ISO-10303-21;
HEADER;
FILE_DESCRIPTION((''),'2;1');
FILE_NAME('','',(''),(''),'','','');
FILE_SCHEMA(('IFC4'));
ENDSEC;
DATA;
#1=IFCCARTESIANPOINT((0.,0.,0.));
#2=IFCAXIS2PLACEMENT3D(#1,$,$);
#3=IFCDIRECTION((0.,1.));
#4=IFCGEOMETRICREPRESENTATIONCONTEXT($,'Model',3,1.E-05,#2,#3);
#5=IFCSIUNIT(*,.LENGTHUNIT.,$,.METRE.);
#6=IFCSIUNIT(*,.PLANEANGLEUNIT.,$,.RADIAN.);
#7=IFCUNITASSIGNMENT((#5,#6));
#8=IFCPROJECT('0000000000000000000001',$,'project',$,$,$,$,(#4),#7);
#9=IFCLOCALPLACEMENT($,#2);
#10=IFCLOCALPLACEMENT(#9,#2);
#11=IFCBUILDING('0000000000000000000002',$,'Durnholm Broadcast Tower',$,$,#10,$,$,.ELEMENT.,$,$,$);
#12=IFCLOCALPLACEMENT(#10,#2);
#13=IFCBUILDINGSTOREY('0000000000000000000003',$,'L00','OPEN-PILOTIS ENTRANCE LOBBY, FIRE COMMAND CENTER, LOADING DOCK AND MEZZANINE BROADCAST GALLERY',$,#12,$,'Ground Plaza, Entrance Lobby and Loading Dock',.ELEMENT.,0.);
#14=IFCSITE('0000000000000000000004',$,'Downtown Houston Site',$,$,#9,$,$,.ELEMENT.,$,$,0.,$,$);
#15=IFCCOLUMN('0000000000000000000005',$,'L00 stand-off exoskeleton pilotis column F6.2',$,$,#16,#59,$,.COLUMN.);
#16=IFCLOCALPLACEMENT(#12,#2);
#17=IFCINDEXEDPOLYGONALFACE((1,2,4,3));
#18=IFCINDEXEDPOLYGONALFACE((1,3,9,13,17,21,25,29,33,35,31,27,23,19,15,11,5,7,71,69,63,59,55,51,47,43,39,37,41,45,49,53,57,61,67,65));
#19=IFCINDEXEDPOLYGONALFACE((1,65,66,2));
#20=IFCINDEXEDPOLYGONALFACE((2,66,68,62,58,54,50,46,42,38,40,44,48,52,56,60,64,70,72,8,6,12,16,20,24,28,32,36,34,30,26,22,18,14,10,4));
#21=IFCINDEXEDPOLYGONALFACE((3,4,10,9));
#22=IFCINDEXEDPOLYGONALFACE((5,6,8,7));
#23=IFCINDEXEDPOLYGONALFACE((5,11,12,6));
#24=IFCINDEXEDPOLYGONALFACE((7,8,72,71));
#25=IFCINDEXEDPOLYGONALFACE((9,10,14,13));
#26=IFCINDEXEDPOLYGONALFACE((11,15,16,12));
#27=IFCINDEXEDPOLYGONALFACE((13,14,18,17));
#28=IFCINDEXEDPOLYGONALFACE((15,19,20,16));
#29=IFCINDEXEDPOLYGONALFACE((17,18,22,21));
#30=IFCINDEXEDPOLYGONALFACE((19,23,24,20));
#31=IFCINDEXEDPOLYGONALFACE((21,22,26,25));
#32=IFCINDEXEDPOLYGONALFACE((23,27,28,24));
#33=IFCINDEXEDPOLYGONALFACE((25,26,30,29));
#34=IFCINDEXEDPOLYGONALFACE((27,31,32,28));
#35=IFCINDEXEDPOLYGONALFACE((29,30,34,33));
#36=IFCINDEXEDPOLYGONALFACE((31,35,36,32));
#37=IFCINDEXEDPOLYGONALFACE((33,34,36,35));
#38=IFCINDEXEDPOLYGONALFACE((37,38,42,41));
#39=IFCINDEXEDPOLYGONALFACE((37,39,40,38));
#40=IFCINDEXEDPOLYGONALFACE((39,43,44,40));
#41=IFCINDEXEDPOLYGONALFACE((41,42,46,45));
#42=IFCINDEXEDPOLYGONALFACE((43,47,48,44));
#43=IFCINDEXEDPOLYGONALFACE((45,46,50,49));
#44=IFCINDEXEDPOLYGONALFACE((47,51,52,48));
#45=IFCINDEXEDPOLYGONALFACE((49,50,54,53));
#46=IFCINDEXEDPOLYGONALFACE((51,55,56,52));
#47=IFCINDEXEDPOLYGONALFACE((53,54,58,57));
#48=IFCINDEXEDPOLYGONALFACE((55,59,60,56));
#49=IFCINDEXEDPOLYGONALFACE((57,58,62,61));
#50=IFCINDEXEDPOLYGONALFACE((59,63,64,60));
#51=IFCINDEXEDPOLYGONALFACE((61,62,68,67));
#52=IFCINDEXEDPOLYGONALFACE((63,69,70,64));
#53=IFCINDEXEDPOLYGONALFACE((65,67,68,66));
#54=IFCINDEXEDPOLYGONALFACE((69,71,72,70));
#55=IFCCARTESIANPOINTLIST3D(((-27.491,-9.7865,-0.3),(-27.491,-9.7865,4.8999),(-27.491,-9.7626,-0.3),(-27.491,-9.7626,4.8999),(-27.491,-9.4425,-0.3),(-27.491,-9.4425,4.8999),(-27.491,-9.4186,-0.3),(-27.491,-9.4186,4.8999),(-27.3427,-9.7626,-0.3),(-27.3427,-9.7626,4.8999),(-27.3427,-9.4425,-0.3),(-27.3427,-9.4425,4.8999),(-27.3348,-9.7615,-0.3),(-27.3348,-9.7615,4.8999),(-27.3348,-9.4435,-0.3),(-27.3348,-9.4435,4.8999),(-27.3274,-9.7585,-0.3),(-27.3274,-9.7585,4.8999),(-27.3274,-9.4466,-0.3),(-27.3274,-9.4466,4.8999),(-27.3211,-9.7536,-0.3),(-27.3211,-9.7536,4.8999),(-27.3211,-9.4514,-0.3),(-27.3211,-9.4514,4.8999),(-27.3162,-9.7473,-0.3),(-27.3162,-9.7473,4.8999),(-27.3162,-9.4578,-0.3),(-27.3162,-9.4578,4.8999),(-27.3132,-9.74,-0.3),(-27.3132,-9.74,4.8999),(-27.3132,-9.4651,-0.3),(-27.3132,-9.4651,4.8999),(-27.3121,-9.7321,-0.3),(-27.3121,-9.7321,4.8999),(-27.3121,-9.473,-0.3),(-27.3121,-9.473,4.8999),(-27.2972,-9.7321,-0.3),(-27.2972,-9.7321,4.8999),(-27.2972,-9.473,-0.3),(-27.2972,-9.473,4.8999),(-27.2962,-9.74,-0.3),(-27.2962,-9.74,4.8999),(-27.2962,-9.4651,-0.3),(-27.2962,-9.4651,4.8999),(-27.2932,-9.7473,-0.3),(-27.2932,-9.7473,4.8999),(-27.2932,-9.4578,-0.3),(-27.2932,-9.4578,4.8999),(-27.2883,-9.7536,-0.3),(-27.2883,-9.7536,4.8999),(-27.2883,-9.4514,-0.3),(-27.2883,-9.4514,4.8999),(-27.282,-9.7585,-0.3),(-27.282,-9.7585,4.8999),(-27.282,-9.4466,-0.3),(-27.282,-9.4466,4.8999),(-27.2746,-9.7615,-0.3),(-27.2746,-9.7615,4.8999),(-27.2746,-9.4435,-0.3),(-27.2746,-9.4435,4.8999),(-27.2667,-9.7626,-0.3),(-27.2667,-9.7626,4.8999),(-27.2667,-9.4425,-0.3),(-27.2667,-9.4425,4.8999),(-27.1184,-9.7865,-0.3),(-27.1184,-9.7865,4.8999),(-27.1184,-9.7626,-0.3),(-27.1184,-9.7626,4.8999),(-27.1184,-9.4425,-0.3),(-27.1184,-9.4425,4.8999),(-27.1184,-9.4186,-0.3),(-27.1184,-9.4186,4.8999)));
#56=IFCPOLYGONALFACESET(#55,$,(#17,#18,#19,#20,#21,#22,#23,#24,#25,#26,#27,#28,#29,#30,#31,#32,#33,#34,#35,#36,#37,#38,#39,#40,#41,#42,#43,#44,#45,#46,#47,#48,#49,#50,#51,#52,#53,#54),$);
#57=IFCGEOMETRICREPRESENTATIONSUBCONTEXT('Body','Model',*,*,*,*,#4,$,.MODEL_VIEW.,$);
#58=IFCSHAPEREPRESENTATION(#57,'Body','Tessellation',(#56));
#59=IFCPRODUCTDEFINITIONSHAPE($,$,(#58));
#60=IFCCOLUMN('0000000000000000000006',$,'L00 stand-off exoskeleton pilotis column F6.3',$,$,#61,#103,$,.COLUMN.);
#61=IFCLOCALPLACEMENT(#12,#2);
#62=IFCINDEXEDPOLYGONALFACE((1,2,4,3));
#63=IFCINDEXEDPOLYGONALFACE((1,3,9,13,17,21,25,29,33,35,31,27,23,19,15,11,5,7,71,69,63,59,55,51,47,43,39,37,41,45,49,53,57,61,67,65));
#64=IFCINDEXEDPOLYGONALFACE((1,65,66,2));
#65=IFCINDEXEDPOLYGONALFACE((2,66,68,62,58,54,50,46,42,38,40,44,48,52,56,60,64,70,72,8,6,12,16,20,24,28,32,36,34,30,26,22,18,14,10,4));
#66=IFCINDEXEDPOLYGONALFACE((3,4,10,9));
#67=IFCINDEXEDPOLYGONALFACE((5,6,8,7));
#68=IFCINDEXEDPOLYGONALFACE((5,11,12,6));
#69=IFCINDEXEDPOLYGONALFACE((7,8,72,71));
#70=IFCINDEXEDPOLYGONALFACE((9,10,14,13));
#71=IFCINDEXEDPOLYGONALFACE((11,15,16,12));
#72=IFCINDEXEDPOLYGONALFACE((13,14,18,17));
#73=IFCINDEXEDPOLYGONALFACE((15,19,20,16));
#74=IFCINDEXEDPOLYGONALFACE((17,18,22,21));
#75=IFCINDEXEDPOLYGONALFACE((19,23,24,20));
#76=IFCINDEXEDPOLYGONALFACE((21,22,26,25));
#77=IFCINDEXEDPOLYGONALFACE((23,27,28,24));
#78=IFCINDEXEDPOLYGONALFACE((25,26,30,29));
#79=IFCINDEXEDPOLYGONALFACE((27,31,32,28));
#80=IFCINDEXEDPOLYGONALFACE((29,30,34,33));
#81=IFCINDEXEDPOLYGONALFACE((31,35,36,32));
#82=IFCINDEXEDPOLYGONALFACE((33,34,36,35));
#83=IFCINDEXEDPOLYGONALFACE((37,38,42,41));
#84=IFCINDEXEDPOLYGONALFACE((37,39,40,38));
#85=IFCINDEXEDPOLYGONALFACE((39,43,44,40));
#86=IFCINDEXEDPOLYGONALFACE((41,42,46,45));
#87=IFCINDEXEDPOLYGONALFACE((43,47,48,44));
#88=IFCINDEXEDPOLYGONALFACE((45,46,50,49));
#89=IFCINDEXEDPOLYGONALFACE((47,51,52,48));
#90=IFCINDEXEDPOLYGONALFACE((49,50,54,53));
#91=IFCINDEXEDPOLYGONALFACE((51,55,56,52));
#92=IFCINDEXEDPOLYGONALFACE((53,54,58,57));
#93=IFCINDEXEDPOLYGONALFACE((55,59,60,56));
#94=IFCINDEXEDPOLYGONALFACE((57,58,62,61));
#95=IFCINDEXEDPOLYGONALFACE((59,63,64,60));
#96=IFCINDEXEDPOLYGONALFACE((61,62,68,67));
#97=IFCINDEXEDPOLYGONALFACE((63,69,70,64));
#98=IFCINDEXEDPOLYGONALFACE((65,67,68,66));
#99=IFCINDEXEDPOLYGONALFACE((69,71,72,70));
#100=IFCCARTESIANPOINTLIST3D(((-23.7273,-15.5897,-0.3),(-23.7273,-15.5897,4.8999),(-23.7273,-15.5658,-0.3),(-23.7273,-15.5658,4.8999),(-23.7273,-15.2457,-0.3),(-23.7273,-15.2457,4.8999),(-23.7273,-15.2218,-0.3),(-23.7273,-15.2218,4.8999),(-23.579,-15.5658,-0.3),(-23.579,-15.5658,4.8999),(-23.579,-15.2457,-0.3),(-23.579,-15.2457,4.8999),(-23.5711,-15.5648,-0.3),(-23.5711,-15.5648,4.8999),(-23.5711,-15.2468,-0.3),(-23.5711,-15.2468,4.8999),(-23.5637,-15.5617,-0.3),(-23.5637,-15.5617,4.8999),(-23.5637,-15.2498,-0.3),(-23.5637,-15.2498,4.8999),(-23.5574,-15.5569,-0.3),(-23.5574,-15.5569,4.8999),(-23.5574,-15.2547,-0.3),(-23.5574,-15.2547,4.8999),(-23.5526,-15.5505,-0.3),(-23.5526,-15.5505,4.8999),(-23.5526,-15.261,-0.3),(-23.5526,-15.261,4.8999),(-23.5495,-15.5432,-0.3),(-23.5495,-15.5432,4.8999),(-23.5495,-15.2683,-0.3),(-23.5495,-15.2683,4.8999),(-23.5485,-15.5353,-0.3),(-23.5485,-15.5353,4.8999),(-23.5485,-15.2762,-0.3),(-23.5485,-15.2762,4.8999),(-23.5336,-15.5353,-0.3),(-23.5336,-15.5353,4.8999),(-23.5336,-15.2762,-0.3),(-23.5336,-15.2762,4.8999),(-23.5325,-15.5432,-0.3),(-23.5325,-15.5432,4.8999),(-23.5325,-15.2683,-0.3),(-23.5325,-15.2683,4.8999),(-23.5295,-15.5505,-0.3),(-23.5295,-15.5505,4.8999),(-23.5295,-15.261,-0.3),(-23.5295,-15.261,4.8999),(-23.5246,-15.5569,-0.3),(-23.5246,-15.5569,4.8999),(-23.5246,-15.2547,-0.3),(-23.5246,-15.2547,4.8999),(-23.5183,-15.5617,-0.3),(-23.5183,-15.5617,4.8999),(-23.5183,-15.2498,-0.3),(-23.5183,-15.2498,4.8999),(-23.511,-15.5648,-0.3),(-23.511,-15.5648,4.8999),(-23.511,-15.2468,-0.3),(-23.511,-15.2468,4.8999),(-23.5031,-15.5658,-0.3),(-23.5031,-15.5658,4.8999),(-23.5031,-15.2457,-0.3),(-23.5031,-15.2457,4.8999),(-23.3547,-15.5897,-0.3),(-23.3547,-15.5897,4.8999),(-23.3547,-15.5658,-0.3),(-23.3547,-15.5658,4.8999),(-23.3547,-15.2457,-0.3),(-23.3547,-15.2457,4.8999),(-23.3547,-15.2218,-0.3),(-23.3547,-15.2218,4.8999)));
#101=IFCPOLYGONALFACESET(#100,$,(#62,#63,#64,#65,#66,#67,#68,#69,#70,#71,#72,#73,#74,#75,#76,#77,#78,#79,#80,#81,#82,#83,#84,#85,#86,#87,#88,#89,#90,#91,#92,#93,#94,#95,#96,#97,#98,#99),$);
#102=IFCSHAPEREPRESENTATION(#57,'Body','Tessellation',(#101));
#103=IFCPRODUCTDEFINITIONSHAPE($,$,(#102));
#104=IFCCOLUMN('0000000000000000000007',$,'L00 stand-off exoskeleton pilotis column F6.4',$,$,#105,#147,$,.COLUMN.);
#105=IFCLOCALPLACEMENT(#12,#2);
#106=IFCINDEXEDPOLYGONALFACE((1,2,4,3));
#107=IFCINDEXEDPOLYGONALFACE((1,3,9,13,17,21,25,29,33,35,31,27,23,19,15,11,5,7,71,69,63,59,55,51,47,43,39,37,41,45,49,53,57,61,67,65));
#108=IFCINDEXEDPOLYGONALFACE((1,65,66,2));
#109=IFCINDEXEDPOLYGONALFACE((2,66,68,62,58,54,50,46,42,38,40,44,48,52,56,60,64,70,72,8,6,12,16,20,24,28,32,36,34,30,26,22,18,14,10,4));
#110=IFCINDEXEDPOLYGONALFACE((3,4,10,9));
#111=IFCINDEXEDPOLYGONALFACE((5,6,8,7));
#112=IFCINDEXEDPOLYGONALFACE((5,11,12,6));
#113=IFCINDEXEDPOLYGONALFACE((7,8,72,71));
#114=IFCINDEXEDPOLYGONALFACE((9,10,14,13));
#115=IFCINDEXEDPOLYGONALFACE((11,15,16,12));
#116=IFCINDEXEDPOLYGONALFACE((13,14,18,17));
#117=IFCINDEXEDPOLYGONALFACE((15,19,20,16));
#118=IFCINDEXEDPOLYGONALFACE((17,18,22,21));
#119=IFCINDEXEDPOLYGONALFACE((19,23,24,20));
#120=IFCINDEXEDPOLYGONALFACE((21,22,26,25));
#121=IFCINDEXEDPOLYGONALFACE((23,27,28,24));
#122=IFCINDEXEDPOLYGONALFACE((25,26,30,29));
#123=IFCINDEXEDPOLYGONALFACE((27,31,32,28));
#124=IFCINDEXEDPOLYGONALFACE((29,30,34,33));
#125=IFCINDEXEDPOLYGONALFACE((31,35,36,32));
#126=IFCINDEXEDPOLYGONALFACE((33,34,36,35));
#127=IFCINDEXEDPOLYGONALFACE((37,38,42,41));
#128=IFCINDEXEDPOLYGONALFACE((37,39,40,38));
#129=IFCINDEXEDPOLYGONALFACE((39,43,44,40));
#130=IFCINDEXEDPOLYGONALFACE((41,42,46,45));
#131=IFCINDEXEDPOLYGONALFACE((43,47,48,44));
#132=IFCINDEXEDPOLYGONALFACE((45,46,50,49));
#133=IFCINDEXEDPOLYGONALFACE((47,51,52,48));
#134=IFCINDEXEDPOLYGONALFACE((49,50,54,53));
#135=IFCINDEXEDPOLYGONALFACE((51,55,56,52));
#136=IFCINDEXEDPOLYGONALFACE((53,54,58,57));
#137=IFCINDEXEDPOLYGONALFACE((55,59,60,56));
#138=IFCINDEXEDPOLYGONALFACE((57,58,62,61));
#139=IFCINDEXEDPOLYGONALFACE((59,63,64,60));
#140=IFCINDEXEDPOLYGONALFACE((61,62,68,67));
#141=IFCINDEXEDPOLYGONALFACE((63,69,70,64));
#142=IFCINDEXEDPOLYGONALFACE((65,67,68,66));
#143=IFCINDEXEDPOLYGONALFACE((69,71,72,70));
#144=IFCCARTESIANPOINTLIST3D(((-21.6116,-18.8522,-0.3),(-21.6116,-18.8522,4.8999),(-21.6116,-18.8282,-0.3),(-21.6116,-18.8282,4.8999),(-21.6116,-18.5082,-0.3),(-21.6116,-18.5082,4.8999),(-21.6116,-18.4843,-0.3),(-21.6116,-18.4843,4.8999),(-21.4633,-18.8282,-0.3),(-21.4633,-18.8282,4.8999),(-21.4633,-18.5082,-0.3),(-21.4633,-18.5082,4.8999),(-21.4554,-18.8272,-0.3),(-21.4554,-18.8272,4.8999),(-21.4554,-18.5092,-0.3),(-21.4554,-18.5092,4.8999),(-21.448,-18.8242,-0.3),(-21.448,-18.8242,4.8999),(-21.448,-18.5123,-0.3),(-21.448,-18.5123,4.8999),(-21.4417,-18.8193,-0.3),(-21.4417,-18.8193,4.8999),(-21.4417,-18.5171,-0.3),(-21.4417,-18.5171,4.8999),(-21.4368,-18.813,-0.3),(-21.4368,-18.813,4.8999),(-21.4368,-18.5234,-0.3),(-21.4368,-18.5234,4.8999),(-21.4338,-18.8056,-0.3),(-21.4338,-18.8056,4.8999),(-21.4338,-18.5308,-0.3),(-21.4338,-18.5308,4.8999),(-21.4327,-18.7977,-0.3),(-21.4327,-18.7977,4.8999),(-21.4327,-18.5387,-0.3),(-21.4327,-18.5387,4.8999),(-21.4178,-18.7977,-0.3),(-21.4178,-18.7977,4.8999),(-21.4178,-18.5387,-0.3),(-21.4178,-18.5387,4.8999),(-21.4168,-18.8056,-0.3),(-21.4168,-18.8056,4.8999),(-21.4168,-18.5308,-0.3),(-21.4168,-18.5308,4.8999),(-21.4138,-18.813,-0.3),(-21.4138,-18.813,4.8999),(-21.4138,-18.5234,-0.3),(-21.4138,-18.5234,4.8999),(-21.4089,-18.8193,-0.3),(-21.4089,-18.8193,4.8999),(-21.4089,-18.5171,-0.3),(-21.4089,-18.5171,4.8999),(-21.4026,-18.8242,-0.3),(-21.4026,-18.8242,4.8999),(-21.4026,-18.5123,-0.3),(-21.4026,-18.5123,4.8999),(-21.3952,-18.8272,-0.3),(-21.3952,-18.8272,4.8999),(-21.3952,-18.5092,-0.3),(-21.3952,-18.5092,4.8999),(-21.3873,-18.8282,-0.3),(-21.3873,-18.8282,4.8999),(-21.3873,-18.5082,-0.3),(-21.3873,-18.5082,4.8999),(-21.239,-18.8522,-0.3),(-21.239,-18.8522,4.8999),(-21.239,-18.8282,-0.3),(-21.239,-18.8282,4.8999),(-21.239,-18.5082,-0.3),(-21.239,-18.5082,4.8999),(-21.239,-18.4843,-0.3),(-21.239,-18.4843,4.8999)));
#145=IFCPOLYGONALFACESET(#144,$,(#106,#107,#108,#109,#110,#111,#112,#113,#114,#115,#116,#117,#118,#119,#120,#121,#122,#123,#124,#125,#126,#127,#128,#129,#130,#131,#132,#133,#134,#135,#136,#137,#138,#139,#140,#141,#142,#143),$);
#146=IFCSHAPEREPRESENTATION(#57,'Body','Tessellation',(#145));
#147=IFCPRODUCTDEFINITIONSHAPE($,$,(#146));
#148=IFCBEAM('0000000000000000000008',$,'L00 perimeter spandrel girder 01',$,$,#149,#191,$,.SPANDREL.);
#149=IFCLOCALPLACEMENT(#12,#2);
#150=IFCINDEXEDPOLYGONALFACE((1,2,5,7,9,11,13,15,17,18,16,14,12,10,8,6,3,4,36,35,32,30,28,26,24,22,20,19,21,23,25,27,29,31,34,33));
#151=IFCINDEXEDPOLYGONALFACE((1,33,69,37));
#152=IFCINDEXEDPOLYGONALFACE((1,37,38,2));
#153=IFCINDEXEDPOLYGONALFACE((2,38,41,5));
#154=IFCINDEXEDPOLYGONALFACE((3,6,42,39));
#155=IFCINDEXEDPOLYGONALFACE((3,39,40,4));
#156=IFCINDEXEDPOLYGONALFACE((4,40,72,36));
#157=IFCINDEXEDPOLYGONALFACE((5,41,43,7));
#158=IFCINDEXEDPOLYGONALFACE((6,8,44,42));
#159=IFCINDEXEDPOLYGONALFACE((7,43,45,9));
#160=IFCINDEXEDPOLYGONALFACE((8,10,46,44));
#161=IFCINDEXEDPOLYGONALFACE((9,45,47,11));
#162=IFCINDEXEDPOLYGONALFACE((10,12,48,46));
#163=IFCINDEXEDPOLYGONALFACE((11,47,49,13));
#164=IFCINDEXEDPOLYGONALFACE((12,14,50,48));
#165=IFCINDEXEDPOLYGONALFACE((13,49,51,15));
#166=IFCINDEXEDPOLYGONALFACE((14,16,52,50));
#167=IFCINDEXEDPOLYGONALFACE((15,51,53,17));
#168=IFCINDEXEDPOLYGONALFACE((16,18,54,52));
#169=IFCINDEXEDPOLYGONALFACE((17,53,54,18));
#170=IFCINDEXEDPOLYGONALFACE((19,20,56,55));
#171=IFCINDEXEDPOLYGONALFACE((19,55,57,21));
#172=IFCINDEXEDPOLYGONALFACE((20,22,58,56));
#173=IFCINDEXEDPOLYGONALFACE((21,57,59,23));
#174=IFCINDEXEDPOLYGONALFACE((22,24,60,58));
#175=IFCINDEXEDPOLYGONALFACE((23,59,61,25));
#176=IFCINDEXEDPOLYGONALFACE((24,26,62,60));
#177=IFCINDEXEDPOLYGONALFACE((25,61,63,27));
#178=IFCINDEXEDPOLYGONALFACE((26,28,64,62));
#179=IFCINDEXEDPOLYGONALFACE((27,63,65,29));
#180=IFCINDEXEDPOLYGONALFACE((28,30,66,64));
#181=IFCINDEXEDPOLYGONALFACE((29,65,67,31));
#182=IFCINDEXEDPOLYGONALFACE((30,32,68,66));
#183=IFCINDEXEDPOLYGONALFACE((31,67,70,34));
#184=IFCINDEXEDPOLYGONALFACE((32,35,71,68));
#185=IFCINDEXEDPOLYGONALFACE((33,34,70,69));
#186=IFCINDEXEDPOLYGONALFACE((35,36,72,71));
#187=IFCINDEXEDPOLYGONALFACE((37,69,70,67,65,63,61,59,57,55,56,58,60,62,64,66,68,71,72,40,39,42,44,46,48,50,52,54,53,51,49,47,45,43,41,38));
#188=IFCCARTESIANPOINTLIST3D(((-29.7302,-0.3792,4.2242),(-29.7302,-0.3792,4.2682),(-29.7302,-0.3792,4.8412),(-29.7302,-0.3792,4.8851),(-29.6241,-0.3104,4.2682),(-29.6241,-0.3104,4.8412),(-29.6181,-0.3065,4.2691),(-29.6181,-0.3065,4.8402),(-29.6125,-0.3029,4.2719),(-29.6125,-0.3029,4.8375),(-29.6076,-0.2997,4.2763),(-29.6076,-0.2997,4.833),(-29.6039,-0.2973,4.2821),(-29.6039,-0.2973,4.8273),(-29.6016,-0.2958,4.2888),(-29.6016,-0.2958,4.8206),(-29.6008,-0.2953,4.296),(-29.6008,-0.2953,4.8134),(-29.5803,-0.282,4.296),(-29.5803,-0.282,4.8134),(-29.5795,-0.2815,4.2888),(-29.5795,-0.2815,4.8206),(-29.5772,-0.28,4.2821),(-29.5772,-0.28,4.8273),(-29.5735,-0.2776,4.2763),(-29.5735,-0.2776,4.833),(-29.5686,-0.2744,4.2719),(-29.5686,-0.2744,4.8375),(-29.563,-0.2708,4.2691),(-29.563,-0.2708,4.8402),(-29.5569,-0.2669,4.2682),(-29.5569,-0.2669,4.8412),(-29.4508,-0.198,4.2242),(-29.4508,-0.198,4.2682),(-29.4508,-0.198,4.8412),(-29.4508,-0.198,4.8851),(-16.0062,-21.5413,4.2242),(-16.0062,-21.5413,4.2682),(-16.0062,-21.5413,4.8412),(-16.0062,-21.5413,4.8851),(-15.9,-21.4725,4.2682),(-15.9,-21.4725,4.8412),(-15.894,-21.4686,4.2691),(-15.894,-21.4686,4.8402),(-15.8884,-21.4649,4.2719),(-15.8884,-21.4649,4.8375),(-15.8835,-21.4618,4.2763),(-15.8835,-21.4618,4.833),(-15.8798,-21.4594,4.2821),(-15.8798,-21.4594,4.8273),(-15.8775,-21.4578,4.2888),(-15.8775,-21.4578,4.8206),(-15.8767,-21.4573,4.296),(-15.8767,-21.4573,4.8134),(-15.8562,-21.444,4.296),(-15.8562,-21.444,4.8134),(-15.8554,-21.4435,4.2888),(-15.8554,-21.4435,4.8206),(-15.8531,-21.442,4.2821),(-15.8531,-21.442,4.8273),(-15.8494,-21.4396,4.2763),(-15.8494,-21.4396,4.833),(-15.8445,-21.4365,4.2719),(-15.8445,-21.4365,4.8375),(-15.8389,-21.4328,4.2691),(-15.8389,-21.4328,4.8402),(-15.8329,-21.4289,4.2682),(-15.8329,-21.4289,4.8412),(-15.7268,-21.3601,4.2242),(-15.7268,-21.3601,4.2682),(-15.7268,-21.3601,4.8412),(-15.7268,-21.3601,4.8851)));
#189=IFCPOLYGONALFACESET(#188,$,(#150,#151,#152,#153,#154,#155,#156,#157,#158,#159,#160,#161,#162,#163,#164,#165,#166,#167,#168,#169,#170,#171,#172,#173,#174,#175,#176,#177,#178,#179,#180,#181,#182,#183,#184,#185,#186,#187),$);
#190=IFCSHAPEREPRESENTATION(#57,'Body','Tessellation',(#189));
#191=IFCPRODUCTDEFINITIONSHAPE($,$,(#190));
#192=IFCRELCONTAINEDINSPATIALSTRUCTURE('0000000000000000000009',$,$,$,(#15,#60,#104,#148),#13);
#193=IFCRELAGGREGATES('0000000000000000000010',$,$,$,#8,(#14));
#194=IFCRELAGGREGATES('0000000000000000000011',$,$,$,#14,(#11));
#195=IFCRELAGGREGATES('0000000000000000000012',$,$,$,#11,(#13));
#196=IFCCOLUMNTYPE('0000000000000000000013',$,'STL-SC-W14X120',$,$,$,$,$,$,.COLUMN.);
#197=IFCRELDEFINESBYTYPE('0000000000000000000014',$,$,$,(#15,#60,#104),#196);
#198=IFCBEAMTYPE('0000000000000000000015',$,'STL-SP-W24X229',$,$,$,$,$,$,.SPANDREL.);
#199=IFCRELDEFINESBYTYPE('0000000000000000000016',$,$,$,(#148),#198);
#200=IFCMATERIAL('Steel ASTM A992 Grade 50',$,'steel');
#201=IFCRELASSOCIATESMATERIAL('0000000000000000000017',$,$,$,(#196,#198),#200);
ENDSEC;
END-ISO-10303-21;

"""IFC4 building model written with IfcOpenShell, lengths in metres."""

from ifc_helpers import new_model, si_unit, direction, frame, origin, origin_2d, place, context, subcontext, project, spatial, i_section, extrude, source, transform, mapped, material, material_profile, profile_set, type_object, type_shapes, element, save


model = new_model("IFC4")

# Units and contexts
model_context = context("Model", 3, precision=1e-05, world=origin(), true_north=direction((0.0, 1.0)))
body_context = subcontext(model_context, "Body", "Model", "MODEL_VIEW")
ifc_project = project(units=[si_unit("LENGTHUNIT", "METRE"), si_unit("PLANEANGLEUNIT", "RADIAN")], contexts=[model_context])

# Site, building, storey
site_placement = place(None, origin())
site = spatial("IfcSite", under=ifc_project, at=site_placement, Name="Downtown Houston Site", CompositionType="ELEMENT", RefElevation=0.0)
building_placement = place(site_placement, origin())
building = spatial("IfcBuilding", under=site, at=building_placement, Name="Durnholm Broadcast Tower", CompositionType="ELEMENT")
storey_placement = place(building_placement, origin())
storey = spatial("IfcBuildingStorey", under=building, at=storey_placement, Name="L00", Description="OPEN-PILOTIS ENTRANCE LOBBY, FIRE COMMAND CENTER, LOADING DOCK AND MEZZANINE BROADCAST GALLERY", LongName="Ground Plaza, Entrance Lobby and Loading Dock", CompositionType="ELEMENT", Elevation=0.0)

# Columns
ifc_material_1 = material(Name="Steel ASTM A992 Grade 50", Category="steel")
ifc_material_profile_1 = material_profile(ifc_material_1, i_section(OverallWidth=0.3726, OverallDepth=0.3679, WebThickness=0.0149, FlangeThickness=0.0239, FilletRadius=0.0305, at=origin_2d()), Name="W14X120")
ifc_profile_set_1 = profile_set([ifc_material_profile_1], Name="Steel ASTM A992 Grade 50")
column_type_1 = type_object("IfcColumnType", Name="STL-SC-W14X120", PredefinedType="COLUMN", material=ifc_profile_set_1)
shared_shape_1 = source(origin(), body_context, "Body", "SweptSolid", [
    extrude(i_section(OverallWidth=0.3726, OverallDepth=0.3679, WebThickness=0.0149, FlangeThickness=0.0239, FilletRadius=0.0305, at=origin_2d()), origin(), (0.0, 0.0, 1.0), 5.2),
])
type_shapes(column_type_1, [shared_shape_1])
for number, where, z_axis, x_axis, name in (
    (1, (-27.3047, -9.6025, -0.3), (0.0, 0.0, 1.0), (1.0, 0.0, 0.0), "L00 stand-off exoskeleton pilotis column F6.2"),
    (2, (-23.541, -15.4058, -0.3), (0.0, 0.0, 1.0), (1.0, 0.0, 0.0), "L00 stand-off exoskeleton pilotis column F6.3"),
    (3, (-21.4253, -18.6682, -0.3), (0.0, 0.0, 1.0), (1.0, 0.0, 0.0), "L00 stand-off exoskeleton pilotis column F6.4"),
):
    element("IfcColumn", number, at=place(storey_placement, frame(where, z_axis=z_axis, x_axis=x_axis)), inside=storey, type_object=column_type_1, Name=name, PredefinedType="COLUMN", context=body_context, shape_type="MappedRepresentation", body=[
        mapped(shared_shape_1, transform((0.0, 0.0, 0.0), x_axis=(1.0, 0.0, 0.0), y_axis=(0.0, 1.0, 0.0), z_axis=(0.0, 0.0, 1.0), scale=1.0)),
    ])

# Beam
ifc_material_profile_2 = material_profile(ifc_material_1, i_section(OverallWidth=0.333, OverallDepth=0.6609, WebThickness=0.0244, FlangeThickness=0.0439, FilletRadius=0.0278, at=origin_2d()), Name="W24X229")
ifc_profile_set_2 = profile_set([ifc_material_profile_2], Name="Steel ASTM A992 Grade 50")
beam_type = type_object("IfcBeamType", Name="STL-SP-W24X229", PredefinedType="SPANDREL", material=ifc_profile_set_2)
shared_shape_2 = source(origin(), body_context, "Body", "SweptSolid", [
    extrude(i_section(OverallWidth=0.333, OverallDepth=0.6609, WebThickness=0.0244, FlangeThickness=0.0439, FilletRadius=0.0278, at=origin_2d()), origin(), (0.0, 0.0, 1.0), 25.2227),
])
beam_1_placement = place(storey_placement, frame((-15.8665, -21.4507, 4.5547), z_axis=(-0.544117, 0.839009, 0.0), x_axis=(-0.839009, -0.544117, 0.0)))
element("IfcBeam", 4, at=beam_1_placement, inside=storey, type_object=beam_type, Name="L00 perimeter spandrel girder 01", PredefinedType="SPANDREL", context=body_context, shape_type="MappedRepresentation", body=[
    mapped(shared_shape_2, transform((0.0, 0.0, 0.0), x_axis=(1.0, 0.0, 0.0), y_axis=(0.0, 1.0, 0.0), z_axis=(0.0, 0.0, 1.0), scale=1.0)),
])

save(model, "model.ifc")
